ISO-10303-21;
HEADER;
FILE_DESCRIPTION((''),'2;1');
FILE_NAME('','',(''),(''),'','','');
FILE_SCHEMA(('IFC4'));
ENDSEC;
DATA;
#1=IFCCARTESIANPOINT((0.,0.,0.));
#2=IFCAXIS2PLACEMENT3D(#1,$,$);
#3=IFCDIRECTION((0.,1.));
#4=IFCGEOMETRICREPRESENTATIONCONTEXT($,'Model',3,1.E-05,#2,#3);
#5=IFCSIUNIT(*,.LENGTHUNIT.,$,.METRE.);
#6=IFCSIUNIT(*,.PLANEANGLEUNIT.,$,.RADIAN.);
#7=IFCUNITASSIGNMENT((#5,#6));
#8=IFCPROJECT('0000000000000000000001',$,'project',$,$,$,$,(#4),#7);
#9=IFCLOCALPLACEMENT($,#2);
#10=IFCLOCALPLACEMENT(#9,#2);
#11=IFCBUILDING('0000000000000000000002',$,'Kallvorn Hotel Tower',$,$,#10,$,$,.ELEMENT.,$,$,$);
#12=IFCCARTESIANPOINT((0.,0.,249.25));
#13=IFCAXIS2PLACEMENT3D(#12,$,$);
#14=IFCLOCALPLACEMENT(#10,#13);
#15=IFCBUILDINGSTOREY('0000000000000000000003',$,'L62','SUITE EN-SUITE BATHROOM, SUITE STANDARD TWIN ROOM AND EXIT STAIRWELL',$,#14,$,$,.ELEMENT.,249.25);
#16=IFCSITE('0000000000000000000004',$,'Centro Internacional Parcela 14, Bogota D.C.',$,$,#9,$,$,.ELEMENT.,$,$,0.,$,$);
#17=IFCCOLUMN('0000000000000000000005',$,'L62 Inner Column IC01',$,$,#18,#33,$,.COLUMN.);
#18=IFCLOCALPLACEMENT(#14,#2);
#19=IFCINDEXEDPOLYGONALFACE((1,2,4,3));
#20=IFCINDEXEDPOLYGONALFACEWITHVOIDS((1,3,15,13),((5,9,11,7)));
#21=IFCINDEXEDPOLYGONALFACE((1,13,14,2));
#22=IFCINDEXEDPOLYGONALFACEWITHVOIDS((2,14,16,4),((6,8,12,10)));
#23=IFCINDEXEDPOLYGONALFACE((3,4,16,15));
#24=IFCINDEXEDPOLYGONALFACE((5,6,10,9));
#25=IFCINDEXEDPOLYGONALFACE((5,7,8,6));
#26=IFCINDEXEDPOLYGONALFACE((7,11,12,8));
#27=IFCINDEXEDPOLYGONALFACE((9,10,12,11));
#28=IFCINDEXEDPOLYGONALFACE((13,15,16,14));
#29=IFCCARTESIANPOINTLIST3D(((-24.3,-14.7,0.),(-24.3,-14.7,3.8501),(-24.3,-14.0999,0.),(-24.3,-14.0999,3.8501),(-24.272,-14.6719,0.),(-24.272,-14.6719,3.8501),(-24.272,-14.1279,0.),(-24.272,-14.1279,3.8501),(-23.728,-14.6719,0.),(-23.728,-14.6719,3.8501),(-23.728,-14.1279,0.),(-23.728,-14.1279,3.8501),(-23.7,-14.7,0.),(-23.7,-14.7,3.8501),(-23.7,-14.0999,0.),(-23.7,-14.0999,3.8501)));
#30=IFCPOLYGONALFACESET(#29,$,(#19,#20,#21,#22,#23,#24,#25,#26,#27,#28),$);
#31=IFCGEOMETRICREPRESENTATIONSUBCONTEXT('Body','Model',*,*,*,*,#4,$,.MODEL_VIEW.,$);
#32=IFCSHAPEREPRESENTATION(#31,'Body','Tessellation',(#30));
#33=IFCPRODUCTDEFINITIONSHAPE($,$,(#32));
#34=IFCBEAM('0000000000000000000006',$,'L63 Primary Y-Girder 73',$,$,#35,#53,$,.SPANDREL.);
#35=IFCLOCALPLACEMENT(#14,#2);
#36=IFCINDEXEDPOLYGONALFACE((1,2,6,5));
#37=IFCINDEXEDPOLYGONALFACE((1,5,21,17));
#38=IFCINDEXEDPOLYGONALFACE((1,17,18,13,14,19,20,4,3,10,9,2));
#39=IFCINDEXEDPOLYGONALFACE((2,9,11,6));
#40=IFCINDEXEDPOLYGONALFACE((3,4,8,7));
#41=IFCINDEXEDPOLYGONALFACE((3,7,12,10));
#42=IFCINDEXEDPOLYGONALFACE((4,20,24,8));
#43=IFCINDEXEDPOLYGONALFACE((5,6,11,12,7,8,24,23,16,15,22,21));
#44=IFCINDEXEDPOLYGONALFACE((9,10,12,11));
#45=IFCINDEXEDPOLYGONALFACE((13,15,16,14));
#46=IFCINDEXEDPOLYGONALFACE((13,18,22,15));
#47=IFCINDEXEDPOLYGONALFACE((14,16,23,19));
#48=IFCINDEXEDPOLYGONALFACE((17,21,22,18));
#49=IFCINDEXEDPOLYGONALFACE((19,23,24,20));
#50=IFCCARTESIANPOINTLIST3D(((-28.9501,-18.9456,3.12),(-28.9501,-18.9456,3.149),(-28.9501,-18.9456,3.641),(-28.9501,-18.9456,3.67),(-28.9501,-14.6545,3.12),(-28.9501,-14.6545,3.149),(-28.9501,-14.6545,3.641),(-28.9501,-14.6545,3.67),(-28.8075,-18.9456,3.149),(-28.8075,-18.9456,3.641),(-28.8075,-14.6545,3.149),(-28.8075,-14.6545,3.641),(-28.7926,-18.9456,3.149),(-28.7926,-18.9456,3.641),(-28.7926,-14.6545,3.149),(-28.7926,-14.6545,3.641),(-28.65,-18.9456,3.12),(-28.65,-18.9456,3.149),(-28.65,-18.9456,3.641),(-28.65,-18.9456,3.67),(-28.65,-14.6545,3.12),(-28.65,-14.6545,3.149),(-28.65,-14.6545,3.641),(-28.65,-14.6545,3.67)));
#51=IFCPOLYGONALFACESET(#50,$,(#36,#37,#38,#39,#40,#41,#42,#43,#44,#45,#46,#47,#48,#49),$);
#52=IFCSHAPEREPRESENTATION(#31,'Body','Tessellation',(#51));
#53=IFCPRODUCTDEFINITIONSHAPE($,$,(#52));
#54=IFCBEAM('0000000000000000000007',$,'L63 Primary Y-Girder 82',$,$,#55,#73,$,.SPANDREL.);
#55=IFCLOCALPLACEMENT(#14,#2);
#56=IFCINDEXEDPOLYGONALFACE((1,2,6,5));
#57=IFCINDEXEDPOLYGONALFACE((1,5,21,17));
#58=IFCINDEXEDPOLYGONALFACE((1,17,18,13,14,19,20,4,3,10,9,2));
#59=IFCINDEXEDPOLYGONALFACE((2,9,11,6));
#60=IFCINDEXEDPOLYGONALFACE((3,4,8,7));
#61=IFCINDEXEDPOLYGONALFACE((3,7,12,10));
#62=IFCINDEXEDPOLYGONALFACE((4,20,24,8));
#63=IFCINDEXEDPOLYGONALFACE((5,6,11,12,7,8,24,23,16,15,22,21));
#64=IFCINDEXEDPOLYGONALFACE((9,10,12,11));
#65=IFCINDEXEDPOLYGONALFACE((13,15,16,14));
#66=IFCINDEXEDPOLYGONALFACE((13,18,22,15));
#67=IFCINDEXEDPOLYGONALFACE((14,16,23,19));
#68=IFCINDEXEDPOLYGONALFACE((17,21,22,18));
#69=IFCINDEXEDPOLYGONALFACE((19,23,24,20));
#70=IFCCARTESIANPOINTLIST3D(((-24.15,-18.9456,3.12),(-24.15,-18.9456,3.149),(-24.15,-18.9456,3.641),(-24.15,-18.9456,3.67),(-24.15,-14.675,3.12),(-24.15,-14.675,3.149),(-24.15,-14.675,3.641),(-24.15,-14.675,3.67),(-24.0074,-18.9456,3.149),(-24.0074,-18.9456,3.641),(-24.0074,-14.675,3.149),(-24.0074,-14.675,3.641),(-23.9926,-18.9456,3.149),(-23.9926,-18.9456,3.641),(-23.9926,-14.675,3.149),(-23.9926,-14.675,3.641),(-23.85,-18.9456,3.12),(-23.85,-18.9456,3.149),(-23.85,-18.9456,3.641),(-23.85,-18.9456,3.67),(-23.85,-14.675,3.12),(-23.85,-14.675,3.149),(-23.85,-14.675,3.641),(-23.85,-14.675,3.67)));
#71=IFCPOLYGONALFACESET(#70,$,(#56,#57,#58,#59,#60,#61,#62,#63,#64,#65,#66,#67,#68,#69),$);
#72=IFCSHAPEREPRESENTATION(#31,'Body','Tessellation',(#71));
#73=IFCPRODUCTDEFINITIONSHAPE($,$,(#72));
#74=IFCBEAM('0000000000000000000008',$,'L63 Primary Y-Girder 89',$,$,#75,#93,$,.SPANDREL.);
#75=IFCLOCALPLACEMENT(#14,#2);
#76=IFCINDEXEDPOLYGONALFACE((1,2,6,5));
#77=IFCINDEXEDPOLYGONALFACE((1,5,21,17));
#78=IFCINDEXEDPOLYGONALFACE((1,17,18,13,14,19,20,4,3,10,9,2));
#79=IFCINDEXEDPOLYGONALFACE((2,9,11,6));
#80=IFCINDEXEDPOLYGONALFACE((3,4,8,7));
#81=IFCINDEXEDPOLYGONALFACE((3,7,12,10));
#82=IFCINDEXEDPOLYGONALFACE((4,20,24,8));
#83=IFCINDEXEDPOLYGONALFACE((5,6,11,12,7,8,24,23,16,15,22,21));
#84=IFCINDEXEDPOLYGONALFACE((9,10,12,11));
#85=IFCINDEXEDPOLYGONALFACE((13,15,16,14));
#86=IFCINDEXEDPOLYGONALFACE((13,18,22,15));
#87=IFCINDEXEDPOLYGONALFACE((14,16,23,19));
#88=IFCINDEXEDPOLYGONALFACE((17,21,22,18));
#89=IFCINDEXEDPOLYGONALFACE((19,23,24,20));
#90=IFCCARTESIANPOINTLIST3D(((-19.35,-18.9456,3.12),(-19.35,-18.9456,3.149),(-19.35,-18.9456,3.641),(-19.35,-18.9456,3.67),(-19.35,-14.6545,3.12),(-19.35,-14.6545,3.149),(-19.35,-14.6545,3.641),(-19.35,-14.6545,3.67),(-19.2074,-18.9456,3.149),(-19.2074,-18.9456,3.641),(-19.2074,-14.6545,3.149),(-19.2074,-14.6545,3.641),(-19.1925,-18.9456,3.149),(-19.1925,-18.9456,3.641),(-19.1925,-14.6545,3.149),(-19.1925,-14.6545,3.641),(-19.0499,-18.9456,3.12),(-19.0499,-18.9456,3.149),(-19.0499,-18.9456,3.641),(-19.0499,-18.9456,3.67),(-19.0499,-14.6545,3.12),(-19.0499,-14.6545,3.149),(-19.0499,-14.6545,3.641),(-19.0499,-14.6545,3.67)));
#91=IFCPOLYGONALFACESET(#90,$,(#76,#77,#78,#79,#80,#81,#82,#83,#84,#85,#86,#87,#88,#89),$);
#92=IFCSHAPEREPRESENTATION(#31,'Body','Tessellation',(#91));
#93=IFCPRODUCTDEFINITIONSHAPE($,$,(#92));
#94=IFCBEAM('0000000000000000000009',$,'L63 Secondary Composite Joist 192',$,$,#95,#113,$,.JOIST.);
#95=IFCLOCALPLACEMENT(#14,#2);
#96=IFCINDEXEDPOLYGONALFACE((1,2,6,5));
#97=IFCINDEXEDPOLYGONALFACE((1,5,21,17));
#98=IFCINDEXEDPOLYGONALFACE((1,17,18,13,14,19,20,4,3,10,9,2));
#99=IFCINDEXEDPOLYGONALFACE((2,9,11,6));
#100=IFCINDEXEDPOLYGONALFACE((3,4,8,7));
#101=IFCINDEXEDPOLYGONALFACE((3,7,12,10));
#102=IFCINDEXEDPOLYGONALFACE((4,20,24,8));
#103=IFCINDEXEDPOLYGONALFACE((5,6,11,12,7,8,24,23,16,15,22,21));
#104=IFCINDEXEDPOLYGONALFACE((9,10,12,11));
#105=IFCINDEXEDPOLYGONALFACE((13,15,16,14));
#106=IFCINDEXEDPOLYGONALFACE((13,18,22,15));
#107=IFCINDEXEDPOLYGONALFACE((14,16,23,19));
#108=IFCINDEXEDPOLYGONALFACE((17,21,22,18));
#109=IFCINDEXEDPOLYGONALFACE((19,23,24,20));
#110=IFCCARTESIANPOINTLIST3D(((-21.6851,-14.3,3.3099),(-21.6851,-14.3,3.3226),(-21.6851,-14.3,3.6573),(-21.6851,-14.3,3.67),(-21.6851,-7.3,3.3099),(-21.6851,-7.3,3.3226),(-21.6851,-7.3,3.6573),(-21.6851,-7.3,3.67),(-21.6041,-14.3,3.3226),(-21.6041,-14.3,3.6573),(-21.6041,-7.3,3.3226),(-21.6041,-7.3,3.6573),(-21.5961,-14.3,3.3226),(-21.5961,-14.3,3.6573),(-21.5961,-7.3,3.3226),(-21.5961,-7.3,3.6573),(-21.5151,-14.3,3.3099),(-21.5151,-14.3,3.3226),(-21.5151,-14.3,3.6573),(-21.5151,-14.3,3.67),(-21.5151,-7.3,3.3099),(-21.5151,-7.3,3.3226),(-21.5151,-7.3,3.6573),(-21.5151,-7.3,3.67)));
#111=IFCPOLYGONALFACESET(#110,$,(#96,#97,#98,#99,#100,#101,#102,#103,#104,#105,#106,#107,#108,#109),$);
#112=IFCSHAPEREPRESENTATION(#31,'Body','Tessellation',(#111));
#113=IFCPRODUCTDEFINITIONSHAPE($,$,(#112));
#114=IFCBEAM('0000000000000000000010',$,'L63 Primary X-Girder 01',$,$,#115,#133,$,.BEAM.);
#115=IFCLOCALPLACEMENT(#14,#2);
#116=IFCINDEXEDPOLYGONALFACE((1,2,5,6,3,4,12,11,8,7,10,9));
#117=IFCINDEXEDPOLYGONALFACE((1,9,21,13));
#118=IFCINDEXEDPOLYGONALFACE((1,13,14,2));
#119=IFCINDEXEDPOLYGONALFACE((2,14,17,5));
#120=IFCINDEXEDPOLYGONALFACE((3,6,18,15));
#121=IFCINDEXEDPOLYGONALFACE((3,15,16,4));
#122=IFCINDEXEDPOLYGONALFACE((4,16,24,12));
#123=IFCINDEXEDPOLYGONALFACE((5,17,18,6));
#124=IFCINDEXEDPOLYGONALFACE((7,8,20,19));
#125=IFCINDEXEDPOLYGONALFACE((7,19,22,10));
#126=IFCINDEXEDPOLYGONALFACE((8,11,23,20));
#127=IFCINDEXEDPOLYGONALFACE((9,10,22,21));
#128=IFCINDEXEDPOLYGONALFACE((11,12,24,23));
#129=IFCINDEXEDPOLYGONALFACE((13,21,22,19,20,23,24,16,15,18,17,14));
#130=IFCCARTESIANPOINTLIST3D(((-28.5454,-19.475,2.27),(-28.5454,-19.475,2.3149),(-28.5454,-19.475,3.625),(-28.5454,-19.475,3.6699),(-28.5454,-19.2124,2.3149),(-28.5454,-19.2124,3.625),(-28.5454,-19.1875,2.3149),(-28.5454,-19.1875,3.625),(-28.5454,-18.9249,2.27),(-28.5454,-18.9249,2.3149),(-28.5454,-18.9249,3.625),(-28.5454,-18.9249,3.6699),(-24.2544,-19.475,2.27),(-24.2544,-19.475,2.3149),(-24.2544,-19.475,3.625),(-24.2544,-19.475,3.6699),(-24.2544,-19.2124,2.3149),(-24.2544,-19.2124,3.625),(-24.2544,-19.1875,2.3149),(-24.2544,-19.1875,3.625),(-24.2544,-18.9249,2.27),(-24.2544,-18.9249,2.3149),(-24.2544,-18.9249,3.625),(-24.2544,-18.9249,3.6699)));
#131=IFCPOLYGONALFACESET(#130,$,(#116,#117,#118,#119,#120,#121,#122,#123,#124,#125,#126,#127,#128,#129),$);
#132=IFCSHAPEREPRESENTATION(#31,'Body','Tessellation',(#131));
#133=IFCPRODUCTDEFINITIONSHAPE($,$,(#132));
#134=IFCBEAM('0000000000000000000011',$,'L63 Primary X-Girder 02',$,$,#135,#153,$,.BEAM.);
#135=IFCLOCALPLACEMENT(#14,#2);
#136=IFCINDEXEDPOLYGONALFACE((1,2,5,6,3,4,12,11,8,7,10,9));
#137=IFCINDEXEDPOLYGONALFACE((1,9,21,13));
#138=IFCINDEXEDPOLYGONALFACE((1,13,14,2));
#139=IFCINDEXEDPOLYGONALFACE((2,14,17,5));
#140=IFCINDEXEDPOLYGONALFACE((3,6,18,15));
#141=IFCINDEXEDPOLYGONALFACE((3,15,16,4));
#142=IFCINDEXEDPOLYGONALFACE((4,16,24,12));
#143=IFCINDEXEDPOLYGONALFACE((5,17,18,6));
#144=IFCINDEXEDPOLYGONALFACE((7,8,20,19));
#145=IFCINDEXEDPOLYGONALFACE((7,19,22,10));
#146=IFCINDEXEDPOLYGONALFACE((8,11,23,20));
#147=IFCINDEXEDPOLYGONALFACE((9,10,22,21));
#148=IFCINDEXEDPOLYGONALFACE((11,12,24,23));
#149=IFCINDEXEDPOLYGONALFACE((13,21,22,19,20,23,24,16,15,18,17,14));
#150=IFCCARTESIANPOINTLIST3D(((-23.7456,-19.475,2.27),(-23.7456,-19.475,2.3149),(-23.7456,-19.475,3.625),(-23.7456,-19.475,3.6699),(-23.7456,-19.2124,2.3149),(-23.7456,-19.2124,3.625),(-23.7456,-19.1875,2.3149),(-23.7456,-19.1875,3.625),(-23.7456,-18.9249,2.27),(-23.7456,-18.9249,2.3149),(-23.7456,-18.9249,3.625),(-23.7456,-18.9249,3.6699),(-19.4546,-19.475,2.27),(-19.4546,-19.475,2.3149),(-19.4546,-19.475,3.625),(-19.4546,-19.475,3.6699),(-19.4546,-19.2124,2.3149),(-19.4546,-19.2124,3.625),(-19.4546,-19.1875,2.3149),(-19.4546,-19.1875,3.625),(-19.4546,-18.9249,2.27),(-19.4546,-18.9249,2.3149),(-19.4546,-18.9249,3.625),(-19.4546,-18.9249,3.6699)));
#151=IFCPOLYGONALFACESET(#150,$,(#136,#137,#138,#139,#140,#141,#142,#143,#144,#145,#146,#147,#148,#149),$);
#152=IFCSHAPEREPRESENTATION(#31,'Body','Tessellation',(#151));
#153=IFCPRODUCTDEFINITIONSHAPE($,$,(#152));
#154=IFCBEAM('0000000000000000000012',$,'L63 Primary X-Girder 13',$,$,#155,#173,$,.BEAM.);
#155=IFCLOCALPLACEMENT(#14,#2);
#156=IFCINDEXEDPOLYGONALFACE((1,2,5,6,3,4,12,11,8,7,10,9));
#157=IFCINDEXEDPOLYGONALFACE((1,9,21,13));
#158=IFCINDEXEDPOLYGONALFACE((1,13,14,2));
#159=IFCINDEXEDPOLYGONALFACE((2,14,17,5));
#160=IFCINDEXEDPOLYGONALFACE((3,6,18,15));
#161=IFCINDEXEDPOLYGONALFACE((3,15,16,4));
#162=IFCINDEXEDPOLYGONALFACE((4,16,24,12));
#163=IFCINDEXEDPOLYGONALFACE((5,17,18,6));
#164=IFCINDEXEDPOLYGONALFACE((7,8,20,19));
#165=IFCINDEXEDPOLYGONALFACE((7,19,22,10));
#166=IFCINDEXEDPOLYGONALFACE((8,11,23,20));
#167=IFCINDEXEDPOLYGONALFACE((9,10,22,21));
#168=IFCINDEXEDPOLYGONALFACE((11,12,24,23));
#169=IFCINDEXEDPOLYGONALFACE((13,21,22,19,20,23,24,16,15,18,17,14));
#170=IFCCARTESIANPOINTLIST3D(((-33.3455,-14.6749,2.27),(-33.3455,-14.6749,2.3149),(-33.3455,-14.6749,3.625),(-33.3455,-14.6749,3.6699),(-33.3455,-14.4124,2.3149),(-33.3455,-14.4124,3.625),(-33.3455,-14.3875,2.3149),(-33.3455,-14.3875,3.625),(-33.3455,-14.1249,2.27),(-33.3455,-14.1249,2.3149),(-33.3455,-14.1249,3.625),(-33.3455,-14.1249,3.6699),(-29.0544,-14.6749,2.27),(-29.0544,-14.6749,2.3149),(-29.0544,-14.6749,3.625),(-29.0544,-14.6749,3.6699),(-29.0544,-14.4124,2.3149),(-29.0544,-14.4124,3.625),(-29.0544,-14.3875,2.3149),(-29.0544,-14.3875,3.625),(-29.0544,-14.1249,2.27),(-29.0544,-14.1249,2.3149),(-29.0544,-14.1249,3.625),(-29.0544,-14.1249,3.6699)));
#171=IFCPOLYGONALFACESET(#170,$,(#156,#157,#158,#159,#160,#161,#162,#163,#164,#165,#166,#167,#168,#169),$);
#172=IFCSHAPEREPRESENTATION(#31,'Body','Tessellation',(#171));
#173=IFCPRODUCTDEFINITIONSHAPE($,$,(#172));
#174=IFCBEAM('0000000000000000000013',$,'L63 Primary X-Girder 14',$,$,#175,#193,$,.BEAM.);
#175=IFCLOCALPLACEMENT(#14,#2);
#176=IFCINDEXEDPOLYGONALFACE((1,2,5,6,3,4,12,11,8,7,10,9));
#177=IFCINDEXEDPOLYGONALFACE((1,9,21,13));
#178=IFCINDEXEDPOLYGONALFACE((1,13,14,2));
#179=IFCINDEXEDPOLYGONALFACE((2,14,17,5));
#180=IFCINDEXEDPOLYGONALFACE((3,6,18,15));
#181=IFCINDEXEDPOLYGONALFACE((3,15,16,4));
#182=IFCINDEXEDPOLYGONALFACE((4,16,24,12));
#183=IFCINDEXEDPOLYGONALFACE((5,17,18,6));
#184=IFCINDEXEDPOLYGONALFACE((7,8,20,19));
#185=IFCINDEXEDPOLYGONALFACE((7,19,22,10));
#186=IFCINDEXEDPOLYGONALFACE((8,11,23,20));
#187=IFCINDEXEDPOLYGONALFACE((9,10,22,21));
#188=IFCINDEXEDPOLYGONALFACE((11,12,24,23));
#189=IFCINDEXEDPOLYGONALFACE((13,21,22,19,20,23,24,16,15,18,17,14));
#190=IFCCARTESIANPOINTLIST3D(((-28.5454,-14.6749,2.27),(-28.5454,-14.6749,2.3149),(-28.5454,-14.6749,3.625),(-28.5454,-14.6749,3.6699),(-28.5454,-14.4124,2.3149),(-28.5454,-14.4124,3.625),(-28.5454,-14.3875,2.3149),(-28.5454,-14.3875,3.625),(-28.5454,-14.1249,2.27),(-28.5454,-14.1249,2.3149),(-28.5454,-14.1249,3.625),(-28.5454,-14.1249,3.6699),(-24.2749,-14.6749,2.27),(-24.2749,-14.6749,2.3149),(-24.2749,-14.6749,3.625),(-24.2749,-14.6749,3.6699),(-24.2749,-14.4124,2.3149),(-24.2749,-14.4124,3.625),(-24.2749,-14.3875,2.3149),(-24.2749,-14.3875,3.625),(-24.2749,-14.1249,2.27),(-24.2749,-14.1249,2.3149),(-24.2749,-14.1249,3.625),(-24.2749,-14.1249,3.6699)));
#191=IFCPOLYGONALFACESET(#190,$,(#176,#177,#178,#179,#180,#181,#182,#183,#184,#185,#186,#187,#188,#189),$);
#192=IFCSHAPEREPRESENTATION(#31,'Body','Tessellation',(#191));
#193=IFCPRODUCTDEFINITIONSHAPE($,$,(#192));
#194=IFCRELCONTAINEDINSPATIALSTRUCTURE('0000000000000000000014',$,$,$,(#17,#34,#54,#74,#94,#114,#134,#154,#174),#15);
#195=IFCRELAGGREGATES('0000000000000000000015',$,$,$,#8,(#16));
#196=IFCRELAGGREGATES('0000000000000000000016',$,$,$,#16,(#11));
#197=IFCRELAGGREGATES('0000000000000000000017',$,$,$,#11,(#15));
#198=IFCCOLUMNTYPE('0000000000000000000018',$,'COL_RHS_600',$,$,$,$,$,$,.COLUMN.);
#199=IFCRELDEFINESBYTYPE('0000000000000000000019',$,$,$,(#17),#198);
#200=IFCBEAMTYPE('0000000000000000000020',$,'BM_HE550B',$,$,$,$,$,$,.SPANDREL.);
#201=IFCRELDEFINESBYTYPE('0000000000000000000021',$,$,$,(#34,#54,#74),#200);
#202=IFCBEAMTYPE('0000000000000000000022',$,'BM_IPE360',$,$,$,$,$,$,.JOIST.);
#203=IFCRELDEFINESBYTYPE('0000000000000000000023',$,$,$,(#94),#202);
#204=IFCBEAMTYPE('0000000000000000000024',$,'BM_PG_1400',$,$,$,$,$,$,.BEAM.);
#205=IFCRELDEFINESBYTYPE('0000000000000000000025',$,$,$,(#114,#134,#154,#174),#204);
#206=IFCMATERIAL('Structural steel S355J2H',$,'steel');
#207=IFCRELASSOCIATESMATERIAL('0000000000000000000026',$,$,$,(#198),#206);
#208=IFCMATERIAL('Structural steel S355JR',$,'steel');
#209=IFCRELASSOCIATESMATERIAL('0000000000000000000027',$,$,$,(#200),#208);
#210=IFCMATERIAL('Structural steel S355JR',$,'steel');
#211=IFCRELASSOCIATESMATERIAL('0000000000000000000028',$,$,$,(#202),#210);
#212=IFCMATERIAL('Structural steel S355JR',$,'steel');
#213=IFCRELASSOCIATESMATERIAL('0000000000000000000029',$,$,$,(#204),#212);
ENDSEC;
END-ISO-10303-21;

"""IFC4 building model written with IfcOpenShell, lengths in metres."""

from ifc_helpers import new_model, si_unit, direction, frame, origin, origin_2d, place, context, subcontext, project, spatial, hollow_rectangle, i_section, extrude, material, material_profile, profile_set, type_object, element, save


model = new_model("IFC4")

# Units and contexts
model_context = context("Model", 3, precision=1e-05, world=origin(), true_north=direction((0.0, 1.0)))
body_context = subcontext(model_context, "Body", "Model", "MODEL_VIEW")
ifc_project = project(units=[si_unit("LENGTHUNIT", "METRE"), si_unit("PLANEANGLEUNIT", "RADIAN")], contexts=[model_context])

# Site, building, storey
site_placement = place(None, origin())
site = spatial("IfcSite", under=ifc_project, at=site_placement, Name="Centro Internacional Parcela 14, Bogota D.C.", CompositionType="ELEMENT", RefElevation=0.0)
building_placement = place(site_placement, origin())
building = spatial("IfcBuilding", under=site, at=building_placement, Name="Kallvorn Hotel Tower", CompositionType="ELEMENT")
storey_placement = place(building_placement, frame((0.0, 0.0, 249.25)))
storey = spatial("IfcBuildingStorey", under=building, at=storey_placement, Name="L62", Description="SUITE EN-SUITE BATHROOM, SUITE STANDARD TWIN ROOM AND EXIT STAIRWELL", CompositionType="ELEMENT", Elevation=249.25)

# Column
ifc_material_1 = material(Name="Structural steel S355J2H", Category="steel")
ifc_material_profile_1 = material_profile(ifc_material_1, hollow_rectangle(XDim=0.6001, YDim=0.6001, WallThickness=0.0281, at=origin_2d()), Name="RHS 600x600x28")
ifc_profile_set_1 = profile_set([ifc_material_profile_1], Name="Structural steel S355J2H")
column_type_1 = type_object("IfcColumnType", Name="COL_RHS_600", PredefinedType="COLUMN", material=ifc_profile_set_1)
column_1_placement = place(storey_placement, frame((-24.0, -14.3999, 0.0), z_axis=(0.0, 0.0, 1.0), x_axis=(1.0, 0.0, 0.0)))
element("IfcColumn", 1, at=column_1_placement, inside=storey, type_object=column_type_1, Name="L62 Inner Column IC01", PredefinedType="COLUMN", context=body_context, shape_type="SweptSolid", body=[
    extrude(hollow_rectangle(XDim=0.6001, YDim=0.6001, WallThickness=0.0281, at=origin_2d()), origin(), (0.0, 0.0, 1.0), 3.8501),
])

# Beams
ifc_material_2 = material(Name="Structural steel S355JR", Category="steel")
ifc_material_profile_2 = material_profile(ifc_material_2, i_section(OverallWidth=0.3, OverallDepth=0.55, WebThickness=0.0149, FlangeThickness=0.0291, at=origin_2d()), Name="HE 550 B")
ifc_profile_set_2 = profile_set([ifc_material_profile_2], Name="Structural steel S355JR")
beam_type_1 = type_object("IfcBeamType", Name="BM_HE550B", PredefinedType="SPANDREL", material=ifc_profile_set_2)
beam_1_placement = place(storey_placement, frame((-28.8, -18.9456, 3.395), z_axis=(0.0, 1.0, 0.0), x_axis=(-1.0, 0.0, 0.0)))
element("IfcBeam", 2, at=beam_1_placement, inside=storey, type_object=beam_type_1, Name="L63 Primary Y-Girder 73", PredefinedType="SPANDREL", context=body_context, shape_type="SweptSolid", body=[
    extrude(i_section(OverallWidth=0.3, OverallDepth=0.55, WebThickness=0.0149, FlangeThickness=0.0291, at=origin_2d()), origin(), (0.0, 0.0, 1.0), 4.291),
])
beam_2_placement = place(storey_placement, frame((-24.0, -18.9456, 3.395), z_axis=(0.0, 1.0, 0.0), x_axis=(-1.0, 0.0, 0.0)))
element("IfcBeam", 3, at=beam_2_placement, inside=storey, type_object=beam_type_1, Name="L63 Primary Y-Girder 82", PredefinedType="SPANDREL", context=body_context, shape_type="SweptSolid", body=[
    extrude(i_section(OverallWidth=0.3, OverallDepth=0.55, WebThickness=0.0149, FlangeThickness=0.0291, at=origin_2d()), origin(), (0.0, 0.0, 1.0), 4.2705),
])
beam_3_placement = place(storey_placement, frame((-19.2, -18.9456, 3.395), z_axis=(0.0, 1.0, 0.0), x_axis=(-1.0, 0.0, 0.0)))
element("IfcBeam", 4, at=beam_3_placement, inside=storey, type_object=beam_type_1, Name="L63 Primary Y-Girder 89", PredefinedType="SPANDREL", context=body_context, shape_type="SweptSolid", body=[
    extrude(i_section(OverallWidth=0.3, OverallDepth=0.55, WebThickness=0.0149, FlangeThickness=0.0291, at=origin_2d()), origin(), (0.0, 0.0, 1.0), 4.291),
])
ifc_material_3 = material(Name="Structural steel S355JR", Category="steel")
ifc_material_profile_3 = material_profile(ifc_material_3, i_section(OverallWidth=0.1699, OverallDepth=0.3601, WebThickness=0.0081, FlangeThickness=0.0127, at=origin_2d()), Name="IPE 360")
ifc_profile_set_3 = profile_set([ifc_material_profile_3], Name="Structural steel S355JR")
beam_type_2 = type_object("IfcBeamType", Name="BM_IPE360", PredefinedType="JOIST", material=ifc_profile_set_3)
beam_4_placement = place(storey_placement, frame((-21.6001, -14.3, 3.49), z_axis=(0.0, 1.0, 0.0), x_axis=(-1.0, 0.0, 0.0)))
element("IfcBeam", 5, at=beam_4_placement, inside=storey, type_object=beam_type_2, Name="L63 Secondary Composite Joist 192", PredefinedType="JOIST", context=body_context, shape_type="SweptSolid", body=[
    extrude(i_section(OverallWidth=0.1699, OverallDepth=0.3601, WebThickness=0.0081, FlangeThickness=0.0127, at=origin_2d()), origin(), (0.0, 0.0, 1.0), 7.0),
])
ifc_material_4 = material(Name="Structural steel S355JR", Category="steel")
ifc_material_profile_4 = material_profile(ifc_material_4, i_section(OverallWidth=0.55, OverallDepth=1.3999, WebThickness=0.0249, FlangeThickness=0.0449, at=origin_2d()), Name="PG 1400x550x25x45")
ifc_profile_set_4 = profile_set([ifc_material_profile_4], Name="Structural steel S355JR")
beam_type_3 = type_object("IfcBeamType", Name="BM_PG_1400", PredefinedType="BEAM", material=ifc_profile_set_4)
for number, where, z_axis, x_axis, name in (
    (6, (-28.5454, -19.2, 2.97), (1.0, 0.0, 0.0), (0.0, 1.0, 0.0), "L63 Primary X-Girder 01"),
    (7, (-23.7456, -19.2, 2.97), (1.0, 0.0, 0.0), (0.0, 1.0, 0.0), "L63 Primary X-Girder 02"),
    (8, (-33.3455, -14.3999, 2.97), (1.0, 0.0, 0.0), (0.0, 1.0, 0.0), "L63 Primary X-Girder 13"),
):
    element("IfcBeam", number, at=place(storey_placement, frame(where, z_axis=z_axis, x_axis=x_axis)), inside=storey, type_object=beam_type_3, Name=name, PredefinedType="BEAM", context=body_context, shape_type="SweptSolid", body=[
        extrude(i_section(OverallWidth=0.55, OverallDepth=1.3999, WebThickness=0.0249, FlangeThickness=0.0449, at=origin_2d()), origin(), (0.0, 0.0, 1.0), 4.291),
    ])
for number, where, z_axis, x_axis, name in (
    (9, (-28.5454, -14.3999, 2.97), (1.0, 0.0, 0.0), (0.0, 1.0, 0.0), "L63 Primary X-Girder 14"),
):
    element("IfcBeam", number, at=place(storey_placement, frame(where, z_axis=z_axis, x_axis=x_axis)), inside=storey, type_object=beam_type_3, Name=name, PredefinedType="BEAM", context=body_context, shape_type="SweptSolid", body=[
        extrude(i_section(OverallWidth=0.55, OverallDepth=1.3999, WebThickness=0.0249, FlangeThickness=0.0449, at=origin_2d()), origin(), (0.0, 0.0, 1.0), 4.2705),
    ])

save(model, "model.ifc")
